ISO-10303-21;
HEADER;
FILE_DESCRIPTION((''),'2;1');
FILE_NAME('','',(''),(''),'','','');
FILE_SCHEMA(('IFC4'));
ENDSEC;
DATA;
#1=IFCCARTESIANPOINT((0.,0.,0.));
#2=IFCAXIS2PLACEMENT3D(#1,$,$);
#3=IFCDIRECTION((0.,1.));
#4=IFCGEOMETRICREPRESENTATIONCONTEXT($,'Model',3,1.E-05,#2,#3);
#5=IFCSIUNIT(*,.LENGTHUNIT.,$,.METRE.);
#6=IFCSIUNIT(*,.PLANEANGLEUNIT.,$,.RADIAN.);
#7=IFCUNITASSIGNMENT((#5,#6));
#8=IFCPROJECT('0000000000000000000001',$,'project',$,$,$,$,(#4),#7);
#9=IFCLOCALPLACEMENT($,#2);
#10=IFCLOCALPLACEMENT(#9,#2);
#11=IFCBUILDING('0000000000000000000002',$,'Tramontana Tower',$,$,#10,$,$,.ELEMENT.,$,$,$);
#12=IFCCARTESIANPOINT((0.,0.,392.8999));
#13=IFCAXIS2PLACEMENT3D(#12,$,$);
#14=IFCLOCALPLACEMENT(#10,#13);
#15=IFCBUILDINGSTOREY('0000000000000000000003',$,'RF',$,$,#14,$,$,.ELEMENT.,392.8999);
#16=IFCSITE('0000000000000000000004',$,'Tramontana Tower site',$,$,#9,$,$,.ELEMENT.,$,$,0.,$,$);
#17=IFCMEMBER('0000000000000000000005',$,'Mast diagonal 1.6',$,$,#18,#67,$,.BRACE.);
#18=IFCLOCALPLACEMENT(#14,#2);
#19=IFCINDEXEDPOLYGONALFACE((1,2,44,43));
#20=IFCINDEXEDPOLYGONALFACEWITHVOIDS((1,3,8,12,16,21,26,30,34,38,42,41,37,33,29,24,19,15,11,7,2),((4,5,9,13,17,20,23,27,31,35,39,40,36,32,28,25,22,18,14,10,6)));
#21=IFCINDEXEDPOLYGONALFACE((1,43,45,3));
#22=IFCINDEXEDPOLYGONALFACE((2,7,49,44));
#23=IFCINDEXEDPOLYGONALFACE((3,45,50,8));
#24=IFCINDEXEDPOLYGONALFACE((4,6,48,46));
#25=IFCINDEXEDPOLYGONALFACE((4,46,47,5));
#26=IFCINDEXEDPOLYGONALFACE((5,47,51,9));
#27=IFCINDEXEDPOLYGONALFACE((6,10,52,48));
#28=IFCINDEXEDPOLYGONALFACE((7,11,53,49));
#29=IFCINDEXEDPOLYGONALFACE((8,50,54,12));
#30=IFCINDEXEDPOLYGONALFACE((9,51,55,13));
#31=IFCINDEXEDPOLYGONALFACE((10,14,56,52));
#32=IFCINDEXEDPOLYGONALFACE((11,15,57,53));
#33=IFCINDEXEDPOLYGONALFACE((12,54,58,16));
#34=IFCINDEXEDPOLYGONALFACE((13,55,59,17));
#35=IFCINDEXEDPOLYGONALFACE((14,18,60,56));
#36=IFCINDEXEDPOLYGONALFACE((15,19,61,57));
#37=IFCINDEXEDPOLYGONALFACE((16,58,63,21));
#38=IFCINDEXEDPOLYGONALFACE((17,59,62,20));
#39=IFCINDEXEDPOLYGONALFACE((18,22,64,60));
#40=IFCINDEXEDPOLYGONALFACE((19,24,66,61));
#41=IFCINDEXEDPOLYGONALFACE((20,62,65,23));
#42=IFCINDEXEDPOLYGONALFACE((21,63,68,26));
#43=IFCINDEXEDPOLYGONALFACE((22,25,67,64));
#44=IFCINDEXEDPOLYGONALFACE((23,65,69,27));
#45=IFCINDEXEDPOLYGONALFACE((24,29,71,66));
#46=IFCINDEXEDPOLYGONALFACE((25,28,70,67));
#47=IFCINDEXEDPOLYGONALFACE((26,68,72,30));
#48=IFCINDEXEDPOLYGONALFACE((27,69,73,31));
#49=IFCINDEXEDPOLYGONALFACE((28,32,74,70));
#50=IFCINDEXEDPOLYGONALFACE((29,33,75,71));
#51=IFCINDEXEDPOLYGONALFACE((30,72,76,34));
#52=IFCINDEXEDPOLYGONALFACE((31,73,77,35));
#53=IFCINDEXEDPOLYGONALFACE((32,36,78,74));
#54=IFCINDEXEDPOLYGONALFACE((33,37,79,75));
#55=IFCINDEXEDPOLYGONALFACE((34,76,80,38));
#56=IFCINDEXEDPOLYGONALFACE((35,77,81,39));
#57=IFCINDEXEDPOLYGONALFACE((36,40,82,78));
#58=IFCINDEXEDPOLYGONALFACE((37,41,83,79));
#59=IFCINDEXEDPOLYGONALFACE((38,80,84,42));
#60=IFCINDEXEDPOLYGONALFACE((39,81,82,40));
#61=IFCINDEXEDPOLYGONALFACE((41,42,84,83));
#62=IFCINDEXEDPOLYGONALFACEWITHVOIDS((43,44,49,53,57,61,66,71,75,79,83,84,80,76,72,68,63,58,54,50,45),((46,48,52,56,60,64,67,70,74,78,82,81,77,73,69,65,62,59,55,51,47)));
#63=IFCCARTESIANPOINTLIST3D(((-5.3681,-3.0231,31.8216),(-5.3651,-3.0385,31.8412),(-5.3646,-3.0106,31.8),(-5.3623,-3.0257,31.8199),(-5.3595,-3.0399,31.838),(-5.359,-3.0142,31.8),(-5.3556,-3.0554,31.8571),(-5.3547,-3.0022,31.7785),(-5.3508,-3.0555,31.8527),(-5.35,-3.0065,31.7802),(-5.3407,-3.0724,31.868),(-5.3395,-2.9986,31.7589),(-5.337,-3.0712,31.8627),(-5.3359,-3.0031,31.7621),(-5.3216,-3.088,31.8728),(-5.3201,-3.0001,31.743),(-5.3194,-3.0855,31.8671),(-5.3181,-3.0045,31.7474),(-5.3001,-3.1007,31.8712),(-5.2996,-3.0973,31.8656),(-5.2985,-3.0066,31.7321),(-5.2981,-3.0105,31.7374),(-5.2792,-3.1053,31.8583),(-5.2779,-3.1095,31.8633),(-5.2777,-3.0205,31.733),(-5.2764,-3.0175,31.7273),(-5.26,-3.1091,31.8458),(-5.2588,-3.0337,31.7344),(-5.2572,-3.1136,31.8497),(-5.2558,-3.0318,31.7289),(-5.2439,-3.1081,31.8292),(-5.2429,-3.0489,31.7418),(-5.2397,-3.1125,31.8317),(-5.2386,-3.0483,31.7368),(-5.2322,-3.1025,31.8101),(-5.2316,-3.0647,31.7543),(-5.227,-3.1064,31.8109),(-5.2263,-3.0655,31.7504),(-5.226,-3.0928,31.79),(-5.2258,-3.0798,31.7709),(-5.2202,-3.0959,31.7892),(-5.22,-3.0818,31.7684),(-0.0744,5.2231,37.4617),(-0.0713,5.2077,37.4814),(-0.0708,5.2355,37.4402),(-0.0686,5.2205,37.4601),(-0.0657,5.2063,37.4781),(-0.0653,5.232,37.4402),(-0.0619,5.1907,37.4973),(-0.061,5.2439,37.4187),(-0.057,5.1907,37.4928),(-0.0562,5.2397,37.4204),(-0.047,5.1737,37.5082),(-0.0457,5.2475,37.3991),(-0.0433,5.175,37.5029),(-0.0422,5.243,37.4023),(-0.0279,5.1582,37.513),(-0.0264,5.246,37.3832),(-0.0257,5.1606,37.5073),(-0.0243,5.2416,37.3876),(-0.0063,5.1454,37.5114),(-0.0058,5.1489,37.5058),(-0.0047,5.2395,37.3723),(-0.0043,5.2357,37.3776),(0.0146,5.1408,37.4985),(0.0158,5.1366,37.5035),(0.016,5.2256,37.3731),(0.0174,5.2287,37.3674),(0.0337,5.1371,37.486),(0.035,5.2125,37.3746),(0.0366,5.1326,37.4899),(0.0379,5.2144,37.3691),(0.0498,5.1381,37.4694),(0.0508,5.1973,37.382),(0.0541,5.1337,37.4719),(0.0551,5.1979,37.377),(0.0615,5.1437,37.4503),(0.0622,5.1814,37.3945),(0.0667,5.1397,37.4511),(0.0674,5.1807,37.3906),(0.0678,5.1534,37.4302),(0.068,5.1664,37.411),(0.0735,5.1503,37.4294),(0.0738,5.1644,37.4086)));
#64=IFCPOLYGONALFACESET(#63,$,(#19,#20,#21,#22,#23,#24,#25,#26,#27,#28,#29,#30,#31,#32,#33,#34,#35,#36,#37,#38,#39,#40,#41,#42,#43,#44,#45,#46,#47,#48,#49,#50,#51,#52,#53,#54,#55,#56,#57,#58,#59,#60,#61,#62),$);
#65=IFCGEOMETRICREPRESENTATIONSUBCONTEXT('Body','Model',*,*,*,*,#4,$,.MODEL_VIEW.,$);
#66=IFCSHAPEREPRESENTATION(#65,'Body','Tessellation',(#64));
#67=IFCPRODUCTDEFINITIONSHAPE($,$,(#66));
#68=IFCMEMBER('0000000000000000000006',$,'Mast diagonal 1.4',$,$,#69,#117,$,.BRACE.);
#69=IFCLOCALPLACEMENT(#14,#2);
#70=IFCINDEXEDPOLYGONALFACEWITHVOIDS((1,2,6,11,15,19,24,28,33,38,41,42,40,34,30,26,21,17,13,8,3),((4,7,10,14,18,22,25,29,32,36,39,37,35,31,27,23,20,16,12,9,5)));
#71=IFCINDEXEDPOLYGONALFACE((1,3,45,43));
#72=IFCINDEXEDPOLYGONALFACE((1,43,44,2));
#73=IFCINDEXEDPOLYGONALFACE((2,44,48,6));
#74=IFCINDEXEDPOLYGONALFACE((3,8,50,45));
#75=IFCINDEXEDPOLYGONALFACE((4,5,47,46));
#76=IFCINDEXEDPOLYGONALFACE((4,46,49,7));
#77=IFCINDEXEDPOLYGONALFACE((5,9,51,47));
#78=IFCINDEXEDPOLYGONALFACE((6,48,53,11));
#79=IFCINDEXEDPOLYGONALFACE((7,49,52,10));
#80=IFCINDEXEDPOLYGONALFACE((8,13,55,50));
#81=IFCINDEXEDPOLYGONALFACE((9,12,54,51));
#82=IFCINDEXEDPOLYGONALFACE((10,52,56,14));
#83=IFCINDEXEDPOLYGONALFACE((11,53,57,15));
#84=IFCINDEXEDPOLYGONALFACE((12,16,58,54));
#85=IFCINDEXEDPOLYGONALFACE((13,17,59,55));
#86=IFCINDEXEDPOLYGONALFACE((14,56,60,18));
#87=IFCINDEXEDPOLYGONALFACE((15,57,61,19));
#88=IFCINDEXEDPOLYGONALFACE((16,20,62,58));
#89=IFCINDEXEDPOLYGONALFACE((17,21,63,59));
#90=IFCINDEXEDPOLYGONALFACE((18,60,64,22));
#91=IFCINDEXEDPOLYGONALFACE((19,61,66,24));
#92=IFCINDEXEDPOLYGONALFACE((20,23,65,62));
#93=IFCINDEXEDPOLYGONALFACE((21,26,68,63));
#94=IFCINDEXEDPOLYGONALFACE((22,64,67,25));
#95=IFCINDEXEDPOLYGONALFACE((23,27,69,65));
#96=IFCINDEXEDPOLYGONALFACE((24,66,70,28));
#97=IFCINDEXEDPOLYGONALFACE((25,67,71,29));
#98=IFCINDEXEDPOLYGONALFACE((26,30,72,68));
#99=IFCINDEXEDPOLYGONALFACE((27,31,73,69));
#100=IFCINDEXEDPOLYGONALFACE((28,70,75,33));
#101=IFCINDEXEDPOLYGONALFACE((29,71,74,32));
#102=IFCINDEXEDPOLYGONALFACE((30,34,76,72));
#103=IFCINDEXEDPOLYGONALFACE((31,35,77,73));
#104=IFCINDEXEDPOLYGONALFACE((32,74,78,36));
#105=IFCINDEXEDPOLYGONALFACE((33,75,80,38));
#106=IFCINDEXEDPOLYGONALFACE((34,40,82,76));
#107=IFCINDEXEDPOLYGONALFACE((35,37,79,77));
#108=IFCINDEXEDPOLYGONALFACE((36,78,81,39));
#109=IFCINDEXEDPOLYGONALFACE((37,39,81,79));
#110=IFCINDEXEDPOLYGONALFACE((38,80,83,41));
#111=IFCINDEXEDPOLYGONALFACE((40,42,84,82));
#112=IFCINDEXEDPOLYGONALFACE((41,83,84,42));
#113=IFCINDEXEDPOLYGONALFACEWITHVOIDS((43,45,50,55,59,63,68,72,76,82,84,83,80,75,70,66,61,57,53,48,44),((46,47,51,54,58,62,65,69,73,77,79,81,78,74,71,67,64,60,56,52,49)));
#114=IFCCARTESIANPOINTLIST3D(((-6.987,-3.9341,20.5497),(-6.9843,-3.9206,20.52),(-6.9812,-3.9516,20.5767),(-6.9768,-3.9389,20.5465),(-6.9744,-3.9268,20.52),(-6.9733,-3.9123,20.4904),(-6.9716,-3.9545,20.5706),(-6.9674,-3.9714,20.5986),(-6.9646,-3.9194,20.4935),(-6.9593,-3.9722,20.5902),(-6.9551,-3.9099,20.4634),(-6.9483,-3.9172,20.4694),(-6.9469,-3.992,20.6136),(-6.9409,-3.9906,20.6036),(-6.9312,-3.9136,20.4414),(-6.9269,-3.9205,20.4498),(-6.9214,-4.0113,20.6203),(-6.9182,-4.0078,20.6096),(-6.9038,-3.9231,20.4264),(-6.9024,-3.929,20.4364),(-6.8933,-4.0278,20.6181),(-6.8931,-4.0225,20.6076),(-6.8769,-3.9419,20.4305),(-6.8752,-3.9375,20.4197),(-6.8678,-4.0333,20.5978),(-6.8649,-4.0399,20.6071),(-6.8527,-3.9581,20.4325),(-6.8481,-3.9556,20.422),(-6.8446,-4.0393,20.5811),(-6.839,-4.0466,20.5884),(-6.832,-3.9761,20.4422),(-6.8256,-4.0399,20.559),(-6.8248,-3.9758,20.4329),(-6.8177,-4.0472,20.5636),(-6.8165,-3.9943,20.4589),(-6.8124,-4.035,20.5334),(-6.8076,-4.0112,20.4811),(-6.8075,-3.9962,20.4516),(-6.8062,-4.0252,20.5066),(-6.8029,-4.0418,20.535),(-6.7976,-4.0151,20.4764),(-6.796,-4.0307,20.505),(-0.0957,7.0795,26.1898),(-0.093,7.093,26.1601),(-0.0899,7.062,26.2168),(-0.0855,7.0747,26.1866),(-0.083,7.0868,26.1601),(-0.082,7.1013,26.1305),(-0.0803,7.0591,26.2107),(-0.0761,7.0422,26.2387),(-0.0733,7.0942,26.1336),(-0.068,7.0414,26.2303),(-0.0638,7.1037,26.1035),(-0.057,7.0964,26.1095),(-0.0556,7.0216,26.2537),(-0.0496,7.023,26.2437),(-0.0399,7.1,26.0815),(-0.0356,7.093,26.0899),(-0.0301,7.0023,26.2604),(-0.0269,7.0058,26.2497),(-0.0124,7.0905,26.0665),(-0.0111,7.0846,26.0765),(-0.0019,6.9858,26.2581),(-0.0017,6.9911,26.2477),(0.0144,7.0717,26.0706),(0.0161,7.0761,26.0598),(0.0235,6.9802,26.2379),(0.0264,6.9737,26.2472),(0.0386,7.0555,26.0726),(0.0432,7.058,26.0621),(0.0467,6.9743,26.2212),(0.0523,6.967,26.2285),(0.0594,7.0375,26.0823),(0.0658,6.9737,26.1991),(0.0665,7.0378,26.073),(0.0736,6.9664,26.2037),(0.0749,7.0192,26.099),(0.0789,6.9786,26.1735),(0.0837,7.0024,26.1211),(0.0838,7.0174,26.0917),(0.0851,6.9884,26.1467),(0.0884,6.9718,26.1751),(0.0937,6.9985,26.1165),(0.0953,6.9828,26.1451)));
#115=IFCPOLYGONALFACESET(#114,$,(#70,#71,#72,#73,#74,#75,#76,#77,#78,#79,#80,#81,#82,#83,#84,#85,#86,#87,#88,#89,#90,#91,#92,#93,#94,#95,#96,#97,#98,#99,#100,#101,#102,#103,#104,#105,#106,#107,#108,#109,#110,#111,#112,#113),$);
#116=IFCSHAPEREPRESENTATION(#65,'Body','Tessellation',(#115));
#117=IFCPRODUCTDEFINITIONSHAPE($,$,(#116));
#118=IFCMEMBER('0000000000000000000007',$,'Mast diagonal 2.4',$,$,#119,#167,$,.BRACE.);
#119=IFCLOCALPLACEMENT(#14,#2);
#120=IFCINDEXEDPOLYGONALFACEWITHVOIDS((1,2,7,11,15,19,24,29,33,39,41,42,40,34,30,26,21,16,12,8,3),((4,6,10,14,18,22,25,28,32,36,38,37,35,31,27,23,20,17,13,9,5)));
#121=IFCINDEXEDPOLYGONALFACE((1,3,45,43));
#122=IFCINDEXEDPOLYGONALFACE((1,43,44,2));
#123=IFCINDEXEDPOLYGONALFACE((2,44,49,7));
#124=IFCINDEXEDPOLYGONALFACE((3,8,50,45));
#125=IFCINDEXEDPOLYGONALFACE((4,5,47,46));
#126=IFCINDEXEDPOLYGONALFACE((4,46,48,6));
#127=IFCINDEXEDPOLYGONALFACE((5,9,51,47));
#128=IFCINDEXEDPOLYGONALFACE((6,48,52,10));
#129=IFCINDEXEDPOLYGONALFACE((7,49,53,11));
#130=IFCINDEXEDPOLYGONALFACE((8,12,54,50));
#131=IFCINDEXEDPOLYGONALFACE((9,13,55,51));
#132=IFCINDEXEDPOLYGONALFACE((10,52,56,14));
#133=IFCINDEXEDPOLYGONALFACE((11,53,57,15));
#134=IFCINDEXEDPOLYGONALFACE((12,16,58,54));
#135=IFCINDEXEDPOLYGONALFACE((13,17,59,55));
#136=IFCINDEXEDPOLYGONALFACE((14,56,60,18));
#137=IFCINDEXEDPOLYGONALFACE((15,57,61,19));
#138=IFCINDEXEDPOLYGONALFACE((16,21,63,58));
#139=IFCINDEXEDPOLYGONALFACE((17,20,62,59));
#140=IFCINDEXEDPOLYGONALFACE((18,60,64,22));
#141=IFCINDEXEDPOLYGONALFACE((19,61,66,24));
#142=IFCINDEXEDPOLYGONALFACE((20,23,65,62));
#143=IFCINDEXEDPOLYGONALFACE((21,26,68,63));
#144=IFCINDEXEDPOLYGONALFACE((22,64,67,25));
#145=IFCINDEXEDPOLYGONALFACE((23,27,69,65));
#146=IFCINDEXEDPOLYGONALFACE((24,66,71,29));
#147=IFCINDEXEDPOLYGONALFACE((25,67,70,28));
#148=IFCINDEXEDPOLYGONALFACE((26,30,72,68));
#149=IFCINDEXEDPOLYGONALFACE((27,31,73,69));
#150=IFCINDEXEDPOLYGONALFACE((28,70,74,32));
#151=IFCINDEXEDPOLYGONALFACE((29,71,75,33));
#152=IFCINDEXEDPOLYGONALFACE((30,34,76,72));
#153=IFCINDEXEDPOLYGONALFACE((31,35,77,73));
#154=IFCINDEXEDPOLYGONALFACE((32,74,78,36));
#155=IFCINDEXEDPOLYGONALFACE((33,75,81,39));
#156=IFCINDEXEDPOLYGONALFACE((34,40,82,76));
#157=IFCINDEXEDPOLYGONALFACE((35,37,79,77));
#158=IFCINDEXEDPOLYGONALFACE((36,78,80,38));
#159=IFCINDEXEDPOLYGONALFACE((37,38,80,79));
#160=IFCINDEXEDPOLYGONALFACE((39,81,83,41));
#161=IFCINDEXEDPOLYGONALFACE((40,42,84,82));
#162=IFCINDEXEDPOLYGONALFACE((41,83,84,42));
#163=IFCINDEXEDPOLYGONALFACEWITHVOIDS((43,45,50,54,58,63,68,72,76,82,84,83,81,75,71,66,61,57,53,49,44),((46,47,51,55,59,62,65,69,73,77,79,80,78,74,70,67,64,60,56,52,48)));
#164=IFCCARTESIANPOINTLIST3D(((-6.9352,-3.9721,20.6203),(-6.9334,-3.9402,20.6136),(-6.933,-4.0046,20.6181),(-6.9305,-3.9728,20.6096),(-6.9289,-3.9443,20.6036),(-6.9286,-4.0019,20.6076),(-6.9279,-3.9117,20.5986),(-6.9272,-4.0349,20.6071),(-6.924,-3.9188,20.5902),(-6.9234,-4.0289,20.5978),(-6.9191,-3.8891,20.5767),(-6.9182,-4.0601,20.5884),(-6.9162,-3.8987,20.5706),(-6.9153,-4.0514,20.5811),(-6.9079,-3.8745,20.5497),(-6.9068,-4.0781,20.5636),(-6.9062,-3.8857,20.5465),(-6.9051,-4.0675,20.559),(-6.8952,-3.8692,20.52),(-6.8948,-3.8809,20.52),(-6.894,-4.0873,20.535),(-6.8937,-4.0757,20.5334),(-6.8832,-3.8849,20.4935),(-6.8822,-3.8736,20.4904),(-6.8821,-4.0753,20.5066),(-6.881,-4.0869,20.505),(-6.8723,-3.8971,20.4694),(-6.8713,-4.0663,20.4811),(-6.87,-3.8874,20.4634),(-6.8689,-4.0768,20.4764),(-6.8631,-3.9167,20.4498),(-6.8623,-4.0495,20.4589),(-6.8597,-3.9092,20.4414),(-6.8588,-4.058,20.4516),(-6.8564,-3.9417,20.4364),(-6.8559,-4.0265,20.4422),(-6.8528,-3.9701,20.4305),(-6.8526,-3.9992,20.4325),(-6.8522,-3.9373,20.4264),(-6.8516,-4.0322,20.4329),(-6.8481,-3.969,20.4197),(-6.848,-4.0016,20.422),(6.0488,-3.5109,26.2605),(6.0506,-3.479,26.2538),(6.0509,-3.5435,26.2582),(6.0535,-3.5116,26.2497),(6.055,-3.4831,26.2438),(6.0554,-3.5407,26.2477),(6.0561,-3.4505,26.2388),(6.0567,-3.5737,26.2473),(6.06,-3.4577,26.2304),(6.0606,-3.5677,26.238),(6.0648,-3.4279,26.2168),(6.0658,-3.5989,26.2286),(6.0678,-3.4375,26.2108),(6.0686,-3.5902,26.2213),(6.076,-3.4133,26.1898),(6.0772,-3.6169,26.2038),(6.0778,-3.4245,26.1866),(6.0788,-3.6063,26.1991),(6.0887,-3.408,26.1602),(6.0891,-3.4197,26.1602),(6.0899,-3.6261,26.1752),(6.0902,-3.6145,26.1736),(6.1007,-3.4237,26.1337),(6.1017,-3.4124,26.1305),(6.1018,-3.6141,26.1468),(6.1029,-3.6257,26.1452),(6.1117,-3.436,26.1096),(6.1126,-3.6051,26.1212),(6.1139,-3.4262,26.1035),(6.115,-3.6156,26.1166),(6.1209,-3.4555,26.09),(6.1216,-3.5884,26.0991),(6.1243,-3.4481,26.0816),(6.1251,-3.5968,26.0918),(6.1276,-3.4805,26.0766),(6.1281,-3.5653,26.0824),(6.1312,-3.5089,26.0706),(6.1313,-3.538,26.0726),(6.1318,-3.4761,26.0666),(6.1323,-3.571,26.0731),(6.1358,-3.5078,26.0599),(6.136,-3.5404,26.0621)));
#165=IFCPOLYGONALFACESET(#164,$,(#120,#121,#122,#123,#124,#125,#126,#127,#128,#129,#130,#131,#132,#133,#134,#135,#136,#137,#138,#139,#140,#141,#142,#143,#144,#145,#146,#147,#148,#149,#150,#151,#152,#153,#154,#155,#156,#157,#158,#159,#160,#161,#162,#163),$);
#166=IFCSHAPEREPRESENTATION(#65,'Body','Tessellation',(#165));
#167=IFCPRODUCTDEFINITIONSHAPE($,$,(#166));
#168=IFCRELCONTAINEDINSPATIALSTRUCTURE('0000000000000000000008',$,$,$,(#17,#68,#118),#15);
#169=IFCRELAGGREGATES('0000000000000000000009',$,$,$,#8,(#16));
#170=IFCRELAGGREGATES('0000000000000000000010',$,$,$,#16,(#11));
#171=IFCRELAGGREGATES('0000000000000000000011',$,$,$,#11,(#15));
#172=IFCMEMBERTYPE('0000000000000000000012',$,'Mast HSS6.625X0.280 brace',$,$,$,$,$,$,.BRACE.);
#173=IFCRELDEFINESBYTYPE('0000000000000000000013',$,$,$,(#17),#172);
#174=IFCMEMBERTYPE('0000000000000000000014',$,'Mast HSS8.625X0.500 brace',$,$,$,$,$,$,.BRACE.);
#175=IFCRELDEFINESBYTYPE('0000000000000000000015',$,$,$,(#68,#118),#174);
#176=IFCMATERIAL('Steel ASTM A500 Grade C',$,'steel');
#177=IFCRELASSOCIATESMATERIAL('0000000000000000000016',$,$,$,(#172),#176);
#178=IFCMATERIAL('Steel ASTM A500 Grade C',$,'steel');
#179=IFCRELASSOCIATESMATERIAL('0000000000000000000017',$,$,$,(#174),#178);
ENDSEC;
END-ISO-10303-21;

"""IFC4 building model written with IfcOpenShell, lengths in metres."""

from ifc_helpers import new_model, si_unit, direction, frame, origin, origin_2d, place, context, subcontext, project, spatial, hollow_circle, extrude, material, material_profile, profile_set, type_object, element, save


model = new_model("IFC4")

# Units and contexts
model_context = context("Model", 3, precision=1e-05, world=origin(), true_north=direction((0.0, 1.0)))
body_context = subcontext(model_context, "Body", "Model", "MODEL_VIEW")
ifc_project = project(units=[si_unit("LENGTHUNIT", "METRE"), si_unit("PLANEANGLEUNIT", "RADIAN")], contexts=[model_context])

# Site, building, storey
site_placement = place(None, origin())
site = spatial("IfcSite", under=ifc_project, at=site_placement, Name="Tramontana Tower site", CompositionType="ELEMENT", RefElevation=0.0)
building_placement = place(site_placement, origin())
building = spatial("IfcBuilding", under=site, at=building_placement, Name="Tramontana Tower", CompositionType="ELEMENT")
storey_placement = place(building_placement, frame((0.0, 0.0, 392.8999)))
storey = spatial("IfcBuildingStorey", under=building, at=storey_placement, Name="RF", CompositionType="ELEMENT", Elevation=392.8999)

# Members
ifc_material_1 = material(Name="Steel ASTM A500 Grade C", Category="steel")
ifc_material_profile_1 = material_profile(ifc_material_1, hollow_circle(Radius=0.0842, WallThickness=0.0066, at=origin_2d()), Name="HSS6.625X0.280")
ifc_profile_set_1 = profile_set([ifc_material_profile_1], Name="Steel ASTM A500 Grade C")
member_type_1 = type_object("IfcMemberType", Name="Mast HSS6.625X0.280 brace", PredefinedType="BRACE", material=ifc_profile_set_1)
member_1_placement = place(storey_placement, frame((-5.2937, -3.0562, 31.8), z_axis=(0.468208, 0.729336, 0.498849), x_axis=(-0.84152, 0.540226, 0.0)))
element("IfcMember", 1, at=member_1_placement, inside=storey, type_object=member_type_1, Name="Mast diagonal 1.6", PredefinedType="BRACE", context=body_context, shape_type="SweptSolid", body=[
    extrude(hollow_circle(Radius=0.0842, WallThickness=0.0066, at=origin_2d()), origin(), (0.0, 0.0, 1.0), 11.3064),
])
ifc_material_2 = material(Name="Steel ASTM A500 Grade C", Category="steel")
ifc_material_profile_2 = material_profile(ifc_material_2, hollow_circle(Radius=0.1096, WallThickness=0.0117, at=origin_2d()), Name="HSS8.625X0.500")
ifc_profile_set_2 = profile_set([ifc_material_profile_2], Name="Steel ASTM A500 Grade C")
member_type_2 = type_object("IfcMemberType", Name="Mast HSS8.625X0.500 brace", PredefinedType="BRACE", material=ifc_profile_set_2)
member_2_placement = place(storey_placement, frame((-6.8914, -3.9788, 20.52), z_axis=(0.48656, 0.777613, 0.398218), x_axis=(-0.847728, 0.530431, 0.0)))
element("IfcMember", 2, at=member_2_placement, inside=storey, type_object=member_type_2, Name="Mast diagonal 1.4", PredefinedType="BRACE", context=body_context, shape_type="SweptSolid", body=[
    extrude(hollow_circle(Radius=0.1096, WallThickness=0.0117, at=origin_2d()), origin(), (0.0, 0.0, 1.0), 14.1633),
])
for number, where, z_axis, x_axis, name in (
    (3, (-6.8914, -3.9788, 20.52), (0.916714, 0.032561, 0.398216), (-0.035497, 0.99937, 0.0), "Mast diagonal 2.4"),
):
    element("IfcMember", number, at=place(storey_placement, frame(where, z_axis=z_axis, x_axis=x_axis)), inside=storey, type_object=member_type_2, Name=name, PredefinedType="BRACE", context=body_context, shape_type="SweptSolid", body=[
        extrude(hollow_circle(Radius=0.1096, WallThickness=0.0117, at=origin_2d()), origin(), (0.0, 0.0, 1.0), 14.1636),
    ])

save(model, "model.ifc")
